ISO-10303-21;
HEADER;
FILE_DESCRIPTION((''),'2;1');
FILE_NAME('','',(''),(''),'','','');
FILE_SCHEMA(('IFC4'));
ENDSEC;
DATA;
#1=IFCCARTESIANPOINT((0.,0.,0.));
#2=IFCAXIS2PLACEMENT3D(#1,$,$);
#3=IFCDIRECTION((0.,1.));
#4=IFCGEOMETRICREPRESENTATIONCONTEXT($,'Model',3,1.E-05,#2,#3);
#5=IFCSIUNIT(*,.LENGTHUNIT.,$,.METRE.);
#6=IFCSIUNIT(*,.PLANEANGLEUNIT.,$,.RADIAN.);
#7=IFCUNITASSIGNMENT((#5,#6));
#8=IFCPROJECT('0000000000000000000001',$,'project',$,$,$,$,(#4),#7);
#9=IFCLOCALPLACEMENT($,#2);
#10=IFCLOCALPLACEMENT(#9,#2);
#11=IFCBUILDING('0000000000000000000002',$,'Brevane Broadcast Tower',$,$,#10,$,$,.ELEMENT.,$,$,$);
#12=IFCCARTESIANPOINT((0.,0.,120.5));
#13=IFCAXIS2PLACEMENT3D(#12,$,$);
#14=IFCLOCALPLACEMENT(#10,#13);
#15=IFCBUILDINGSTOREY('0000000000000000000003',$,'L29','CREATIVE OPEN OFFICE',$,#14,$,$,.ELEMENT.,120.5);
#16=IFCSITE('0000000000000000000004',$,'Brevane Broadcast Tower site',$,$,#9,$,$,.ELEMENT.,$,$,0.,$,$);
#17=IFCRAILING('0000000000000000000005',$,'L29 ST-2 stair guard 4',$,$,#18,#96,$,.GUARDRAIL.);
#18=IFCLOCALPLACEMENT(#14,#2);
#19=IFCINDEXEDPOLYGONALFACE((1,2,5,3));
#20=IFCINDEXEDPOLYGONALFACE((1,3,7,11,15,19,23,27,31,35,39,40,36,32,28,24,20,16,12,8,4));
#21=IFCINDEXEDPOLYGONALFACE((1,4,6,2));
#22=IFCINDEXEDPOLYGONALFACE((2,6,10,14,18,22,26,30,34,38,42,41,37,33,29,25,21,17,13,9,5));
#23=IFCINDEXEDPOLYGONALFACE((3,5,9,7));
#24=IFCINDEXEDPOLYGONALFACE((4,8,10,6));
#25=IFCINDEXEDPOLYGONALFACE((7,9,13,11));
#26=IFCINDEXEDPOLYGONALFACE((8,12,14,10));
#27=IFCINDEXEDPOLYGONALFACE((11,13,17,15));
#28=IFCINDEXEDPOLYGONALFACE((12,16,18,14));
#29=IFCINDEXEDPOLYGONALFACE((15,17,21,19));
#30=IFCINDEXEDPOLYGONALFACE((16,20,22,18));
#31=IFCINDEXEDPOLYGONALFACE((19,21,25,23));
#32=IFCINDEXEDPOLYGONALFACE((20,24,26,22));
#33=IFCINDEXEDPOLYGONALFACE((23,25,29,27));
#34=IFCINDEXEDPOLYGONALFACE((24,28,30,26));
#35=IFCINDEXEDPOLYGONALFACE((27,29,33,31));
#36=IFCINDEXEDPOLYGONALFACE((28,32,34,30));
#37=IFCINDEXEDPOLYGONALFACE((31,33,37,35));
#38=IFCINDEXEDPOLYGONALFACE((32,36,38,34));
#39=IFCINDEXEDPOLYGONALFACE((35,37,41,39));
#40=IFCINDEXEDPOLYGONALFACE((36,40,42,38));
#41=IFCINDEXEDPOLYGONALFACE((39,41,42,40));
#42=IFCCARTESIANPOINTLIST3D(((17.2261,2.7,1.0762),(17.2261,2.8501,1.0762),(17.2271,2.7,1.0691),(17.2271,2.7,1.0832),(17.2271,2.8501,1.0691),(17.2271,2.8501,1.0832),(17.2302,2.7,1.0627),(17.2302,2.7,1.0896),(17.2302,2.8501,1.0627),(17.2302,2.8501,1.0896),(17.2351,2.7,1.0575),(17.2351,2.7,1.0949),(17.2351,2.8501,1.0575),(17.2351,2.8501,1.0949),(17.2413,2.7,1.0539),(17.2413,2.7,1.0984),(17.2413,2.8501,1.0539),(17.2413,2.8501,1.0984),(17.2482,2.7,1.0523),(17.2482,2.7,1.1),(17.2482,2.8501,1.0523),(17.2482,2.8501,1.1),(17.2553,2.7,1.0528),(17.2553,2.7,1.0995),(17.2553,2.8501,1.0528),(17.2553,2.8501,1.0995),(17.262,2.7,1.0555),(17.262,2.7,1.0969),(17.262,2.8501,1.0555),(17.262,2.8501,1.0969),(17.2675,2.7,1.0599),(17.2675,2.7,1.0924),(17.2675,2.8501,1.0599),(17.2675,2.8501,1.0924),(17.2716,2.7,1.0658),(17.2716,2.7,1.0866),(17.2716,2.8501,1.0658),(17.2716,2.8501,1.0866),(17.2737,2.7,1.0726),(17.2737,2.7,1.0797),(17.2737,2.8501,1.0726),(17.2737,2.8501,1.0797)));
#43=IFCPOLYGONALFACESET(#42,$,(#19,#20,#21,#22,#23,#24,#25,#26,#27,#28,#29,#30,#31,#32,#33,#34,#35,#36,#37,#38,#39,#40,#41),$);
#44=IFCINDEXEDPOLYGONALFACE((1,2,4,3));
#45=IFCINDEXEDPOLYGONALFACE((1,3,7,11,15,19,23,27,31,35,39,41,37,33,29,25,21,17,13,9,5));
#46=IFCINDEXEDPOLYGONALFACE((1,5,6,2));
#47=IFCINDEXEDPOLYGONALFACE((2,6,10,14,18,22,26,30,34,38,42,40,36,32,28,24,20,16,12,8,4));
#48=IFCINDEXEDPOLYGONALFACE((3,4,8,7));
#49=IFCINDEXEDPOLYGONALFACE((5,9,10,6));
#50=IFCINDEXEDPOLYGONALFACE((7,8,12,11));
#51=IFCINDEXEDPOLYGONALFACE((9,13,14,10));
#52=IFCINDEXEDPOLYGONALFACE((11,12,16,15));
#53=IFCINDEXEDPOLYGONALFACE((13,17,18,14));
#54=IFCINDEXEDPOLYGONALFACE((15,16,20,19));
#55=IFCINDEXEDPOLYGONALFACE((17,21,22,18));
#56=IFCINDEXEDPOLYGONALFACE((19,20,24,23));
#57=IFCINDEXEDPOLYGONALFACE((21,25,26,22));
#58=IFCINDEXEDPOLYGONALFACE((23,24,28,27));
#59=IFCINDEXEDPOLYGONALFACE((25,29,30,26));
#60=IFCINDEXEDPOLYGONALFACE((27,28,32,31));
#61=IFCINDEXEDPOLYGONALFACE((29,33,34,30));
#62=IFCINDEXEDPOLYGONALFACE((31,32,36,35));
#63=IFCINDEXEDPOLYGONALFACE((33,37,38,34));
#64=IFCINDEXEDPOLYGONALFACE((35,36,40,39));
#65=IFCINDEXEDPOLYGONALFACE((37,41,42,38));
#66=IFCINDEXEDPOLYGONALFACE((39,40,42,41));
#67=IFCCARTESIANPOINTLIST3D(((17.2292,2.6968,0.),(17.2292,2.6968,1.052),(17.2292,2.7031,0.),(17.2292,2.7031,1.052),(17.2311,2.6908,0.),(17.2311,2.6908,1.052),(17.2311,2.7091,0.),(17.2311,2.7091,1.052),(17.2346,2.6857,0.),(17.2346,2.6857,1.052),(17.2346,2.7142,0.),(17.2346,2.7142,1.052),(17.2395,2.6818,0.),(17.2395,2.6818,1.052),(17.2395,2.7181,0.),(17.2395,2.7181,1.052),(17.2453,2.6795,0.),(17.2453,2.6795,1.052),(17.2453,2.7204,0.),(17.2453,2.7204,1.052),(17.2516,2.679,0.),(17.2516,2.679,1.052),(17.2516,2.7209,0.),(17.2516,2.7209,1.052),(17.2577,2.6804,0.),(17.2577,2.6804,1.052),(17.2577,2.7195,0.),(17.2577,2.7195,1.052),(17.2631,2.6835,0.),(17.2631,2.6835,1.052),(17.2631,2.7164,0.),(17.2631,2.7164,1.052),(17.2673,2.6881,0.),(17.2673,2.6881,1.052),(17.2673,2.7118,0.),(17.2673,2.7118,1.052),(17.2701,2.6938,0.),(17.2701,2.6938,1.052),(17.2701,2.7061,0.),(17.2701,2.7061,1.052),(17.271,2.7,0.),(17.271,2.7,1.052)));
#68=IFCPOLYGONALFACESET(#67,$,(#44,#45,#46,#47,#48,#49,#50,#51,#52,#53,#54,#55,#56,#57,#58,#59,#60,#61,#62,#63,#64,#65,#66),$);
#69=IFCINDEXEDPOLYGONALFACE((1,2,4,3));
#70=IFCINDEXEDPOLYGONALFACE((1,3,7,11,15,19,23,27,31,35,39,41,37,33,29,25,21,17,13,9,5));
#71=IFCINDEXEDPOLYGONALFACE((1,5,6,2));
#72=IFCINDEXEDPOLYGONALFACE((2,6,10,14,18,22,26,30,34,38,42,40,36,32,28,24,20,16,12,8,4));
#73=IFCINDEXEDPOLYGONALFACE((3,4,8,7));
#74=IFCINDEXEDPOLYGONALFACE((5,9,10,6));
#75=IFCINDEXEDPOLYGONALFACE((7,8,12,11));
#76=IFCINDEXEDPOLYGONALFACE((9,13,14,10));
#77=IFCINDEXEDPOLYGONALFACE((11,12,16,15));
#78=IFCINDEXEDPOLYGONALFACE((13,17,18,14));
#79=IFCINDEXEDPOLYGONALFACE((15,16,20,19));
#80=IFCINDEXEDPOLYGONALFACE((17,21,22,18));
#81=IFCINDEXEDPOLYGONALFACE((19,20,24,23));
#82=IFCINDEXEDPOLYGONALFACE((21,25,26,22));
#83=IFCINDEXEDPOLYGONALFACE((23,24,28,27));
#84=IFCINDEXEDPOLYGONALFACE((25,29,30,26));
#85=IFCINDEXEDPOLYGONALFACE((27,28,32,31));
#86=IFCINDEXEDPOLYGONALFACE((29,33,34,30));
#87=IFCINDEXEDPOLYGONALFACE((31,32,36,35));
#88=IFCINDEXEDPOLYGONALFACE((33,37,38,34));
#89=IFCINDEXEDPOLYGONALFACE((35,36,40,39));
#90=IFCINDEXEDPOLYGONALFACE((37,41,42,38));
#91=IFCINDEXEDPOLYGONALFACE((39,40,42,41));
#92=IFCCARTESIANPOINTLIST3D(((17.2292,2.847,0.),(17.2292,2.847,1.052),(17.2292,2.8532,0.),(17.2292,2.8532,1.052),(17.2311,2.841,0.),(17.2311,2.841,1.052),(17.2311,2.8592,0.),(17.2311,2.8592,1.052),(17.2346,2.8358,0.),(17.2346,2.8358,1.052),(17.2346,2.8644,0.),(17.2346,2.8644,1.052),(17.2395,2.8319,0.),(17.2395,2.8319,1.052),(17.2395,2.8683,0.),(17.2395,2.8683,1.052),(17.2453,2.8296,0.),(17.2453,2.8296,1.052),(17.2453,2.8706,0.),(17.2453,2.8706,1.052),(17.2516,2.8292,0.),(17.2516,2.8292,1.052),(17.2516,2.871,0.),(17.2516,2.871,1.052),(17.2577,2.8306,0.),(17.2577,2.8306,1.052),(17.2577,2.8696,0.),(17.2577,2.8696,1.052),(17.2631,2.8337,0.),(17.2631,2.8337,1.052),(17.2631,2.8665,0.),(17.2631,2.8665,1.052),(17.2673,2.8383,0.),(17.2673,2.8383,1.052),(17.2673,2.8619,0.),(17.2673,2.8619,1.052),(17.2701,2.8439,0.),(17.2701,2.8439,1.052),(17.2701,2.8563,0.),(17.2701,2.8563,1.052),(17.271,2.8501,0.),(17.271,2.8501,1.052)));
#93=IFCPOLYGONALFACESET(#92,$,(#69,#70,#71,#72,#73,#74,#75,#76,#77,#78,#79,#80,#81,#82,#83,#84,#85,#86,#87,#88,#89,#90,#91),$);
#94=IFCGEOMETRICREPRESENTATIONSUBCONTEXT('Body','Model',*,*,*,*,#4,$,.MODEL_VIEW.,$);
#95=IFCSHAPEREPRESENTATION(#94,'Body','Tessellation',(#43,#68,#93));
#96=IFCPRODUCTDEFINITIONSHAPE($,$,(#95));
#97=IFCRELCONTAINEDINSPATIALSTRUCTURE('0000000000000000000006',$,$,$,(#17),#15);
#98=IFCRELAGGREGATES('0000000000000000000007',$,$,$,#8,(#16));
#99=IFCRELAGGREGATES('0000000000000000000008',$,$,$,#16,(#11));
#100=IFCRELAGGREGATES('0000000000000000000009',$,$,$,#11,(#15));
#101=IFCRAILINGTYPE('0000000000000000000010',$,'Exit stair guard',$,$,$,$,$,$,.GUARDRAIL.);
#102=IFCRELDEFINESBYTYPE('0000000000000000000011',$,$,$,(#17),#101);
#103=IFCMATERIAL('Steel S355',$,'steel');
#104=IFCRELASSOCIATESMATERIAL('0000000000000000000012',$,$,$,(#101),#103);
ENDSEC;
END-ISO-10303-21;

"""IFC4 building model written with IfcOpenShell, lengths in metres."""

from ifc_helpers import new_model, si_unit, direction, frame, origin, origin_2d, place, context, subcontext, project, spatial, circle, extrude, material, type_object, element, save


model = new_model("IFC4")

# Units and contexts
model_context = context("Model", 3, precision=1e-05, world=origin(), true_north=direction((0.0, 1.0)))
body_context = subcontext(model_context, "Body", "Model", "MODEL_VIEW")
ifc_project = project(units=[si_unit("LENGTHUNIT", "METRE"), si_unit("PLANEANGLEUNIT", "RADIAN")], contexts=[model_context])

# Site, building, storey
site_placement = place(None, origin())
site = spatial("IfcSite", under=ifc_project, at=site_placement, Name="Brevane Broadcast Tower site", CompositionType="ELEMENT", RefElevation=0.0)
building_placement = place(site_placement, origin())
building = spatial("IfcBuilding", under=site, at=building_placement, Name="Brevane Broadcast Tower", CompositionType="ELEMENT")
storey_placement = place(building_placement, frame((0.0, 0.0, 120.5)))
storey = spatial("IfcBuildingStorey", under=building, at=storey_placement, Name="L29", Description="CREATIVE OPEN OFFICE", CompositionType="ELEMENT", Elevation=120.5)

# Railing
ifc_material_1 = material(Name="Steel S355", Category="steel")
railing_type = type_object("IfcRailingType", Name="Exit stair guard", PredefinedType="GUARDRAIL", material=ifc_material_1)
railing_1_placement = place(storey_placement, frame((17.25, 2.7, 0.0)))
element("IfcRailing", 1, at=railing_1_placement, inside=storey, type_object=railing_type, Name="L29 ST-2 stair guard 4", PredefinedType="GUARDRAIL", context=body_context, shape_type="SweptSolid", body=[
    extrude(circle(Radius=0.0239, at=origin_2d()), frame((0.0, 0.0, 1.0762), z_axis=(0.0, 1.0, 0.0), x_axis=(-1.0, 0.0, 0.0)), (0.0, 0.0, 1.0), 0.1501),
    extrude(circle(Radius=0.021, at=origin_2d()), origin(), (0.0, 0.0, 1.0), 1.052),
    extrude(circle(Radius=0.021, at=origin_2d()), frame((0.0, 0.1501, 0.0)), (0.0, 0.0, 1.0), 1.052),
])

save(model, "model.ifc")
